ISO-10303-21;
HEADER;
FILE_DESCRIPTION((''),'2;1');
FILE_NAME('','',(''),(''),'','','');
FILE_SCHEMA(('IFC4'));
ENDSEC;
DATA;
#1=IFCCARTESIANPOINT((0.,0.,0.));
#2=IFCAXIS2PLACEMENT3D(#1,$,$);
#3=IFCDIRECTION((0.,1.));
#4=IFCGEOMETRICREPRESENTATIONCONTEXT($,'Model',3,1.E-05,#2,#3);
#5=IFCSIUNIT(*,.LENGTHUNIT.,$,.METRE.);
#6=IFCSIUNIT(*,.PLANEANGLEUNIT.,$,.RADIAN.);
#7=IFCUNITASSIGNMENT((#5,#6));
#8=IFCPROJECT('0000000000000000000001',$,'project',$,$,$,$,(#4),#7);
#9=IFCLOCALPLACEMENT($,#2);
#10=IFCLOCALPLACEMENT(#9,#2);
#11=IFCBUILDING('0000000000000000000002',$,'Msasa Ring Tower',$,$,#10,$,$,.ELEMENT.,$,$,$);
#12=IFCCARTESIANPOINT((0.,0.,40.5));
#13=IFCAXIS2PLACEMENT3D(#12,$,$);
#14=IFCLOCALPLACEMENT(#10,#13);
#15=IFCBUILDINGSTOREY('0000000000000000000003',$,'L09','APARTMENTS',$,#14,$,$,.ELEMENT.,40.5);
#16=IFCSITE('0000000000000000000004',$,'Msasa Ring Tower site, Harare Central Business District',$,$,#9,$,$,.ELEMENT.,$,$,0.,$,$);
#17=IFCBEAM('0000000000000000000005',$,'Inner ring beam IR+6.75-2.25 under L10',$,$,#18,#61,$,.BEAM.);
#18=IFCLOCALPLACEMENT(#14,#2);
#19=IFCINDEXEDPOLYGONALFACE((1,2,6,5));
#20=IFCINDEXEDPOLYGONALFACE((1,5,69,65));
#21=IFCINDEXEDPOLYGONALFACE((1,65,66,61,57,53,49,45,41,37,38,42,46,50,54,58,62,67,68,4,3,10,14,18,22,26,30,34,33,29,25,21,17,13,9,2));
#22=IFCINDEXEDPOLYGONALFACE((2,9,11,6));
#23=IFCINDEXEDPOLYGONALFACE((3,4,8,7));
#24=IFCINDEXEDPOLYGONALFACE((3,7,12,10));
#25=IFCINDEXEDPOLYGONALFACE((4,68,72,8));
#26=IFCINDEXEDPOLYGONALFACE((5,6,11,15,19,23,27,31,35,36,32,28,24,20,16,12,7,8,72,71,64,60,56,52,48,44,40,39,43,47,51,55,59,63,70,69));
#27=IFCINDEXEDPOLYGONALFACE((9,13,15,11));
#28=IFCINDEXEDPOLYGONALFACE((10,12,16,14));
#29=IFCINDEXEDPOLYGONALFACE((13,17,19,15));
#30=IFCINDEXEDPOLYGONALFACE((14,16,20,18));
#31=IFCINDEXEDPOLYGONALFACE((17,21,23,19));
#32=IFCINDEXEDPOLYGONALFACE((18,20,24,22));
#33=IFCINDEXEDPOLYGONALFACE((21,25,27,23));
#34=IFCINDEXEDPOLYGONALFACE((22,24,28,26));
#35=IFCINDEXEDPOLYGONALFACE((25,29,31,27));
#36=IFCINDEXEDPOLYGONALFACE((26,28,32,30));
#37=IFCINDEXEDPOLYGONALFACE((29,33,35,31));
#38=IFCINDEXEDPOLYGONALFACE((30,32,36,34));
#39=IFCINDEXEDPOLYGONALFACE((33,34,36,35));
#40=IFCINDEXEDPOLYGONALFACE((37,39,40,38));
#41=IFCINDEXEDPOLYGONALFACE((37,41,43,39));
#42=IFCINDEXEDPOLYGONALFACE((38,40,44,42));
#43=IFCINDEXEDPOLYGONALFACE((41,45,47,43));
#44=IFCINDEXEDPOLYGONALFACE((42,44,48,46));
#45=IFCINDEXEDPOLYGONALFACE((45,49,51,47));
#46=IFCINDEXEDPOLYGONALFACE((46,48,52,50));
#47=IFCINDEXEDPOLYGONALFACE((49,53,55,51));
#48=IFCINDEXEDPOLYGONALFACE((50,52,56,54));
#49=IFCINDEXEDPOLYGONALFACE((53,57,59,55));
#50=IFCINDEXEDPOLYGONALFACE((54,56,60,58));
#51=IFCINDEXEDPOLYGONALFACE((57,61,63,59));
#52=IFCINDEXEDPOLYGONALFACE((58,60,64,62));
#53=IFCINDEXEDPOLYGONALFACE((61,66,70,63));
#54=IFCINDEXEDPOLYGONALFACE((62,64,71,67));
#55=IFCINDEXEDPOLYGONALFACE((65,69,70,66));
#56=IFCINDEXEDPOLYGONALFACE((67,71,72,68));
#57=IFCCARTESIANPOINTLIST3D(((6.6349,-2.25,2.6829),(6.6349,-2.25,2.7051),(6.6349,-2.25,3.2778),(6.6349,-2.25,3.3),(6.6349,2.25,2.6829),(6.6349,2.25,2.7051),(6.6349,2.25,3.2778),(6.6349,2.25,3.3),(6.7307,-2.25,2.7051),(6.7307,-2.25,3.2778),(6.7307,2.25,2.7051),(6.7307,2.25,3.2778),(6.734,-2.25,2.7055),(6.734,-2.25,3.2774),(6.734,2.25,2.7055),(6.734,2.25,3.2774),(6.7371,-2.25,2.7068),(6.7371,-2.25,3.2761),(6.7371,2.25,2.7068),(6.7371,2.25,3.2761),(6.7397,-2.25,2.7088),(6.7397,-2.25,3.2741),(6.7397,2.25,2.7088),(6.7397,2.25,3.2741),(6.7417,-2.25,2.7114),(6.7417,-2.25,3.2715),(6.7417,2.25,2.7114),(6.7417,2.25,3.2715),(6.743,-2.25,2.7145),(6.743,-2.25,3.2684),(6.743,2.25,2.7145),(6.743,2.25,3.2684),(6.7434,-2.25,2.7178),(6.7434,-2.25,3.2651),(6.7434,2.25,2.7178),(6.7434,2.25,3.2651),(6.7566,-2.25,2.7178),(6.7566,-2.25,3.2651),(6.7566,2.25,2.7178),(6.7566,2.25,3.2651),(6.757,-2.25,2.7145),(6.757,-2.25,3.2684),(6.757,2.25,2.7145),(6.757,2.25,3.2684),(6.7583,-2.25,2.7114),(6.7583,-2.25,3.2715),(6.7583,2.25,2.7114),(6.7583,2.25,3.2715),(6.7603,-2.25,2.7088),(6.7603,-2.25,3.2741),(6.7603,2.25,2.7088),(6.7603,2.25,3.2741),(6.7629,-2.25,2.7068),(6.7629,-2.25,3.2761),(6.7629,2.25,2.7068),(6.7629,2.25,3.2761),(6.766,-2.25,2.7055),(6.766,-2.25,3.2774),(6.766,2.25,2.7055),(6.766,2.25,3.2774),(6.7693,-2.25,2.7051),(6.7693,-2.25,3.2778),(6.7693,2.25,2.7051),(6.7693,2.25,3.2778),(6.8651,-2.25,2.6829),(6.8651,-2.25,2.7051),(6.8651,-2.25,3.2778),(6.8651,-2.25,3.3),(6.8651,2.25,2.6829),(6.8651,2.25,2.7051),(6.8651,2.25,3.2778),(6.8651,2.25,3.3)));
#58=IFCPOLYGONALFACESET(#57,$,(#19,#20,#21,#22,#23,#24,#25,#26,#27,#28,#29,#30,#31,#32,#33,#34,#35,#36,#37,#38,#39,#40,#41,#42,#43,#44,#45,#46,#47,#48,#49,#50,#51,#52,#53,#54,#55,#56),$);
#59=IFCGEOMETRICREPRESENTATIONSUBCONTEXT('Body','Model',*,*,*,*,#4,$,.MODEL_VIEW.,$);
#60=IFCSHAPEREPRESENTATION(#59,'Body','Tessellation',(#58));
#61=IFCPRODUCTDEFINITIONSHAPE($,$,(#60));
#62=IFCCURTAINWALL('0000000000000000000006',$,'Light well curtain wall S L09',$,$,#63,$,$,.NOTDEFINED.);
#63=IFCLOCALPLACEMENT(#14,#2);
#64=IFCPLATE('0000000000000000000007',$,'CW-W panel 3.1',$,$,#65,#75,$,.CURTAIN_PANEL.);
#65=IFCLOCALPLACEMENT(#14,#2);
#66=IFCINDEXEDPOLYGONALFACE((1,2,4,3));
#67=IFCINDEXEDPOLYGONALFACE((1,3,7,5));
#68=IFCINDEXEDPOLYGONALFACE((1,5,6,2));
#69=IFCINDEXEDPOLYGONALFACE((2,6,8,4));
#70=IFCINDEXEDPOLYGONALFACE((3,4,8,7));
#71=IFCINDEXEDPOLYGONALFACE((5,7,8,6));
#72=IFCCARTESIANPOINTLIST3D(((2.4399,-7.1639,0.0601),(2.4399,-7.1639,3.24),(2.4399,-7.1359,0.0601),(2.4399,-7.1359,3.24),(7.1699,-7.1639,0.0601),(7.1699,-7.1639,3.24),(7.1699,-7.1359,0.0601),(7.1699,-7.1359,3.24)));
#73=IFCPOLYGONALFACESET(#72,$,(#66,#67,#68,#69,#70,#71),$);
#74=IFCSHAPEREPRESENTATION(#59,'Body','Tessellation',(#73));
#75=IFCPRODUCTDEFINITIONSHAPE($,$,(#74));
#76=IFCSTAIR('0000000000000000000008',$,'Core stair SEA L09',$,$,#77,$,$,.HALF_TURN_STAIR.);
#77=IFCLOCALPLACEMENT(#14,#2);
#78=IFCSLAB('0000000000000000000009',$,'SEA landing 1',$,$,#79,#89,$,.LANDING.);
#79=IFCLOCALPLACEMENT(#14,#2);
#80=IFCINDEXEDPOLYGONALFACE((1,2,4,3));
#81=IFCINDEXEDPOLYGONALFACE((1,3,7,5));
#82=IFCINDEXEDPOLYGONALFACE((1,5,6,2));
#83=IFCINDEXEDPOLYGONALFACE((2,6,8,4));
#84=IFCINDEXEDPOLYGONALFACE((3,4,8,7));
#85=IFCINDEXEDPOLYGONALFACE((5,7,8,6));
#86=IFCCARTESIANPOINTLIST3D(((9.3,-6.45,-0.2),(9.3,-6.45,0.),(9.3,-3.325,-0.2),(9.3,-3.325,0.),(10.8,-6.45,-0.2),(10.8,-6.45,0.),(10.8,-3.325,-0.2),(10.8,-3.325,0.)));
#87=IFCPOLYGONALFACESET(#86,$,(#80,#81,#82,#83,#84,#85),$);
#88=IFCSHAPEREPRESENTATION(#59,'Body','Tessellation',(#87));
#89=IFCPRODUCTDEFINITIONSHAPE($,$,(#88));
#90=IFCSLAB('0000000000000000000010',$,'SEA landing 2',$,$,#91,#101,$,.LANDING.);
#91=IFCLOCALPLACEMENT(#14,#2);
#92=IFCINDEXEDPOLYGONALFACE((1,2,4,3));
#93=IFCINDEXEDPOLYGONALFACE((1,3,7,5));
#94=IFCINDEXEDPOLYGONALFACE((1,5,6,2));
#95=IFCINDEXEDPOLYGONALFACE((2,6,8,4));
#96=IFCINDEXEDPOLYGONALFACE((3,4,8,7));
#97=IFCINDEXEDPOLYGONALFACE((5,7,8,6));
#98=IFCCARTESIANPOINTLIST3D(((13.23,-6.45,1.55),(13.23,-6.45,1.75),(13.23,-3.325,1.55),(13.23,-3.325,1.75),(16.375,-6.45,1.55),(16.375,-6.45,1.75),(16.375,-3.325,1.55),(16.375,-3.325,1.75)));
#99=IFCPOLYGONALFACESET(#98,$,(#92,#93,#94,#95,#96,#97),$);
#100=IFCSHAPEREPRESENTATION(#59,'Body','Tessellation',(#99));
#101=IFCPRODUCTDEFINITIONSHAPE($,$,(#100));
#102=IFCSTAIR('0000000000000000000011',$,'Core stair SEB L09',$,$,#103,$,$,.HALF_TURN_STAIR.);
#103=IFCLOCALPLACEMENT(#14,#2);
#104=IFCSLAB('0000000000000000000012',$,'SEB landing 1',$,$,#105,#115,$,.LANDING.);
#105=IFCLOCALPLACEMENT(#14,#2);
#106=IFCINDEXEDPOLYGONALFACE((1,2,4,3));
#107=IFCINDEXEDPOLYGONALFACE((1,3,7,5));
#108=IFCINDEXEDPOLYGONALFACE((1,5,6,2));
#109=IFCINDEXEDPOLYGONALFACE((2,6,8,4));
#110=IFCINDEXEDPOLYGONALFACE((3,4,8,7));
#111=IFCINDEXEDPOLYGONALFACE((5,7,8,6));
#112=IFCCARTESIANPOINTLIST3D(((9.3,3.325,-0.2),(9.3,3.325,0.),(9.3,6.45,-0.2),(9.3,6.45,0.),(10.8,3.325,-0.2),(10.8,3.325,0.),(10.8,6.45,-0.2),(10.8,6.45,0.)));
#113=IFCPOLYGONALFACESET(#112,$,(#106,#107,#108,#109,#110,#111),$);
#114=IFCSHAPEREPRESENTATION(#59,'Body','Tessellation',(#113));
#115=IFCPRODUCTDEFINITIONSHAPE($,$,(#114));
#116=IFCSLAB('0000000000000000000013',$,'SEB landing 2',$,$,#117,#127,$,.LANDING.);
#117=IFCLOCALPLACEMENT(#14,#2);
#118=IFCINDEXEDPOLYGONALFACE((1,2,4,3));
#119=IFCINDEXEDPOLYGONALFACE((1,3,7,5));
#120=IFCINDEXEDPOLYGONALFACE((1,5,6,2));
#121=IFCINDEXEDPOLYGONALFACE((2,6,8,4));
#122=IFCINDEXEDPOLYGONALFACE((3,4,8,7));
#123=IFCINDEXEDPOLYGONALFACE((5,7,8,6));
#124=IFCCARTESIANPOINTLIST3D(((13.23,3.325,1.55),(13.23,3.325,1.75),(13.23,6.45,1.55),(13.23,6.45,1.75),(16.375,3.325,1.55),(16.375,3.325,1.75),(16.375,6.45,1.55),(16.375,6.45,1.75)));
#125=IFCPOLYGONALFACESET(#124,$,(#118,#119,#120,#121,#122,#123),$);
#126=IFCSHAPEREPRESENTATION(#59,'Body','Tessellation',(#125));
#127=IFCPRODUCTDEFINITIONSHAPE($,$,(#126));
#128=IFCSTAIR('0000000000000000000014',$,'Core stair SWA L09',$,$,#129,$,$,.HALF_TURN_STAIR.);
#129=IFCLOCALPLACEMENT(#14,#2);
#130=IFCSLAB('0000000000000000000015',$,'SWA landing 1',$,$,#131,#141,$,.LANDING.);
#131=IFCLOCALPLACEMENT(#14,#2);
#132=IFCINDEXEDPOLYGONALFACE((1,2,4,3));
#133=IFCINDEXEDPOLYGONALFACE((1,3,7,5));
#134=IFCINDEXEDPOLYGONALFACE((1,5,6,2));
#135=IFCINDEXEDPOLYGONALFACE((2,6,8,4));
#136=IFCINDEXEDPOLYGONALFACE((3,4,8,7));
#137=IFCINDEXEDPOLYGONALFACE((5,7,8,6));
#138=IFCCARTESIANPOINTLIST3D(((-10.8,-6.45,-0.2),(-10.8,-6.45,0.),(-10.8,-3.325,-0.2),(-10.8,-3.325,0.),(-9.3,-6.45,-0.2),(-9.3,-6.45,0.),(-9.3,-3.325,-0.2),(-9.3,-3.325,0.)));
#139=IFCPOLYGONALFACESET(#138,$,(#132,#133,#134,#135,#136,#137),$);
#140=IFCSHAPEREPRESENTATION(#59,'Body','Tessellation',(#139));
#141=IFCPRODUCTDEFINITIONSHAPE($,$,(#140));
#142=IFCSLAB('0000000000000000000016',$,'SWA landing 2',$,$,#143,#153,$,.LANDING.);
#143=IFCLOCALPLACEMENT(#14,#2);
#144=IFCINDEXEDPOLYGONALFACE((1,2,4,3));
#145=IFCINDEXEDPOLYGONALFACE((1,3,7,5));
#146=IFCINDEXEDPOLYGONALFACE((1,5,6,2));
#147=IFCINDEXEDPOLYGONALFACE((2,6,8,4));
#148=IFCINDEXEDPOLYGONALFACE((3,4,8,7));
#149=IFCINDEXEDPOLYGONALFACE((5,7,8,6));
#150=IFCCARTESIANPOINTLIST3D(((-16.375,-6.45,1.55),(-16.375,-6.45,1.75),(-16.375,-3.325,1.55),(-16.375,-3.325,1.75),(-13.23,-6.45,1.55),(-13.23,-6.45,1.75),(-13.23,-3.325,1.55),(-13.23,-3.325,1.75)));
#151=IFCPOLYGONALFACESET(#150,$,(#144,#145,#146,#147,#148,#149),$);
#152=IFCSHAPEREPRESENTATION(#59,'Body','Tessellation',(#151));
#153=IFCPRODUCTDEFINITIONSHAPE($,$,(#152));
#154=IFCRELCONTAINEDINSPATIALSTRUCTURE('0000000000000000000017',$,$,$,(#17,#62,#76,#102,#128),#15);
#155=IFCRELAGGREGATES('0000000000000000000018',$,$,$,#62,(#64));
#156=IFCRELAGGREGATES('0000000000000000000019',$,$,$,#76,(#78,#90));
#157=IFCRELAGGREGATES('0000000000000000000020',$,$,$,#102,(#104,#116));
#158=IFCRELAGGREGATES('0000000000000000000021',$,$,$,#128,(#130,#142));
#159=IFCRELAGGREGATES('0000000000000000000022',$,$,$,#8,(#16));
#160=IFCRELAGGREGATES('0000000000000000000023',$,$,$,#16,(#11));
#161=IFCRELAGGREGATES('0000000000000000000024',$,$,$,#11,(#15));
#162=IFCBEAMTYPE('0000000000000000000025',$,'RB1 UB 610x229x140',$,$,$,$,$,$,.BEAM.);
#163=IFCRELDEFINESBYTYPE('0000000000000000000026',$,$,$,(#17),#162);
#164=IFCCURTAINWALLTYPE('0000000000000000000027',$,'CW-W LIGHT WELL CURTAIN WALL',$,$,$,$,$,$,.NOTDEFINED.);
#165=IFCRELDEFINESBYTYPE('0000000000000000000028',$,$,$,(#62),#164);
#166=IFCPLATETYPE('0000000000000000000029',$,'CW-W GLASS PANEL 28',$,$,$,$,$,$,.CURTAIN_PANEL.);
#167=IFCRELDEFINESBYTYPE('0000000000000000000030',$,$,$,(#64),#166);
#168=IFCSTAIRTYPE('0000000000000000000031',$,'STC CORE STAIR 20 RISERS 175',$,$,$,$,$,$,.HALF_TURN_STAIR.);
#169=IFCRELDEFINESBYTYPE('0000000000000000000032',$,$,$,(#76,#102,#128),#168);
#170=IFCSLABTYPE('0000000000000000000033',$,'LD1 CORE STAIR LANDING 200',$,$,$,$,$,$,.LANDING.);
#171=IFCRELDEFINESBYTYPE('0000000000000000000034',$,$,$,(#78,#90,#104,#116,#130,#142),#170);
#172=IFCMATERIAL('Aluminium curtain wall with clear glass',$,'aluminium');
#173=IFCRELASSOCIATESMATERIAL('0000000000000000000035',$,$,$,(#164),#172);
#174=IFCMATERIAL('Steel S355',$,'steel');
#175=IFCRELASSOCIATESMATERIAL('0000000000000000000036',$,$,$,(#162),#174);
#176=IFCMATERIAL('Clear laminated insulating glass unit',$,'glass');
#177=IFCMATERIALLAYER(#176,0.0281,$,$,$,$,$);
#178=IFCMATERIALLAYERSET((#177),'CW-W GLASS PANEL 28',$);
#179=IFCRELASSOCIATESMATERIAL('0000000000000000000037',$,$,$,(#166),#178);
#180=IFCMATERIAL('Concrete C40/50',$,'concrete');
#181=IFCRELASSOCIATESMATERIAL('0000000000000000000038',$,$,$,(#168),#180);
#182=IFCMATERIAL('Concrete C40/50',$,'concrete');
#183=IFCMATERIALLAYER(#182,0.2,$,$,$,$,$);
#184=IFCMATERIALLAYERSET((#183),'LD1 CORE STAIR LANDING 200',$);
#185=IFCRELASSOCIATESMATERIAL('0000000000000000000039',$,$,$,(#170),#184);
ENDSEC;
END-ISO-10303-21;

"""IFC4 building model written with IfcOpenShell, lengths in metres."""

from ifc_helpers import new_model, si_unit, direction, frame, origin, origin_2d, place, context, subcontext, project, spatial, polyline, rectangle, i_section, outline, extrude, material, layer, layer_set, material_profile, profile_set, type_object, element, aggregate, save


model = new_model("IFC4")

# Units and contexts
model_context = context("Model", 3, precision=1e-05, world=origin(), true_north=direction((0.0, 1.0)))
body_context = subcontext(model_context, "Body", "Model", "MODEL_VIEW")
ifc_project = project(units=[si_unit("LENGTHUNIT", "METRE"), si_unit("PLANEANGLEUNIT", "RADIAN")], contexts=[model_context])

# Site, building, storey
site_placement = place(None, origin())
site = spatial("IfcSite", under=ifc_project, at=site_placement, Name="Msasa Ring Tower site, Harare Central Business District", CompositionType="ELEMENT", RefElevation=0.0)
building_placement = place(site_placement, origin())
building = spatial("IfcBuilding", under=site, at=building_placement, Name="Msasa Ring Tower", CompositionType="ELEMENT")
storey_placement = place(building_placement, frame((0.0, 0.0, 40.5)))
storey = spatial("IfcBuildingStorey", under=building, at=storey_placement, Name="L09", Description="APARTMENTS", CompositionType="ELEMENT", Elevation=40.5)

# Shared definitions
ifc_material_1 = material(Name="Aluminium curtain wall with clear glass", Category="aluminium")
curtain_wall_type = type_object("IfcCurtainWallType", Name="CW-W LIGHT WELL CURTAIN WALL", PredefinedType="NOTDEFINED", material=ifc_material_1)

# Beam
ifc_material_2 = material(Name="Steel S355", Category="steel")
ifc_material_profile_1 = material_profile(ifc_material_2, i_section(OverallWidth=0.2302, OverallDepth=0.6172, WebThickness=0.0132, FlangeThickness=0.0222, FilletRadius=0.0127, at=origin_2d()), Name="UB 610x229x140")
ifc_profile_set_1 = profile_set([ifc_material_profile_1], Name="Steel S355")
beam_type = type_object("IfcBeamType", Name="RB1 UB 610x229x140", PredefinedType="BEAM", material=ifc_profile_set_1)
for number, where, z_axis, x_axis, name in (
    (1, (6.75, -2.25, 2.9915), (0.0, 1.0, 0.0), (-1.0, 0.0, 0.0), "Inner ring beam IR+6.75-2.25 under L10"),
):
    element("IfcBeam", number, at=place(storey_placement, frame(where, z_axis=z_axis, x_axis=x_axis)), inside=storey, type_object=beam_type, Name=name, PredefinedType="BEAM", context=body_context, shape_type="SweptSolid", body=[
        extrude(i_section(OverallWidth=0.2302, OverallDepth=0.6172, WebThickness=0.0132, FlangeThickness=0.0222, FilletRadius=0.0127, at=origin_2d()), origin(), (0.0, 0.0, 1.0), 4.5),
    ])

# Curtain wall, plate
curtain_wall_1_placement = place(storey_placement, origin())
curtain_wall_1 = element("IfcCurtainWall", 2, at=curtain_wall_1_placement, inside=storey, type_object=curtain_wall_type, Name="Light well curtain wall S L09", PredefinedType="NOTDEFINED")
ifc_material_3 = material(Name="Clear laminated insulating glass unit", Category="glass")
ifc_layer_1 = layer(ifc_material_3, 0.0281)
ifc_layer_set_1 = layer_set([ifc_layer_1], Name="CW-W GLASS PANEL 28")
plate_type = type_object("IfcPlateType", Name="CW-W GLASS PANEL 28", PredefinedType="CURTAIN_PANEL", material=ifc_layer_set_1)
plate_placement = place(storey_placement, frame((4.8049, -7.1499, 0.0601), z_axis=(0.0, 0.0, 1.0), x_axis=(1.0, 0.0, 0.0)))
plate = element("IfcPlate", 3, at=plate_placement, type_object=plate_type, Name="CW-W panel 3.1", PredefinedType="CURTAIN_PANEL", context=body_context, shape_type="SweptSolid", body=[
    extrude(rectangle(XDim=4.73, YDim=0.0281, at=origin_2d()), origin(), (0.0, 0.0, 1.0), 3.1799),
])
aggregate(curtain_wall_1, [plate])

# Stairs, slabs
ifc_material_4 = material(Name="Concrete C40/50", Category="concrete")
stair_type = type_object("IfcStairType", Name="STC CORE STAIR 20 RISERS 175", PredefinedType="HALF_TURN_STAIR", material=ifc_material_4)
stair_1_placement = place(storey_placement, origin())
stair_1 = element("IfcStair", 4, at=stair_1_placement, inside=storey, type_object=stair_type, Name="Core stair SEA L09", PredefinedType="HALF_TURN_STAIR")
ifc_material_5 = material(Name="Concrete C40/50", Category="concrete")
ifc_layer_2 = layer(ifc_material_5, 0.2)
ifc_layer_set_2 = layer_set([ifc_layer_2], Name="LD1 CORE STAIR LANDING 200")
slab_type = type_object("IfcSlabType", Name="LD1 CORE STAIR LANDING 200", PredefinedType="LANDING", material=ifc_layer_set_2)
slab_1_placement = place(storey_placement, frame((0.0, 0.0, -0.2)))
slab_1 = element("IfcSlab", 5, at=slab_1_placement, type_object=slab_type, Name="SEA landing 1", PredefinedType="LANDING", context=body_context, shape_type="SweptSolid", body=[
    extrude(outline(polyline([(9.3, -6.45), (10.8, -6.45), (10.8, -3.325), (9.3, -3.325), (9.3, -6.45)])), origin(), (0.0, 0.0, 1.0), 0.2),
])
slab_2_placement = place(storey_placement, frame((0.0, 0.0, 1.55)))
slab_2 = element("IfcSlab", 6, at=slab_2_placement, type_object=slab_type, Name="SEA landing 2", PredefinedType="LANDING", context=body_context, shape_type="SweptSolid", body=[
    extrude(outline(polyline([(13.23, -6.45), (16.375, -6.45), (16.375, -3.325), (13.23, -3.325), (13.23, -6.45)])), origin(), (0.0, 0.0, 1.0), 0.2),
])
aggregate(stair_1, [slab_1, slab_2])
stair_2_placement = place(storey_placement, origin())
stair_2 = element("IfcStair", 7, at=stair_2_placement, inside=storey, type_object=stair_type, Name="Core stair SEB L09", PredefinedType="HALF_TURN_STAIR")
slab_3_placement = place(storey_placement, frame((0.0, 0.0, -0.2)))
slab_3 = element("IfcSlab", 8, at=slab_3_placement, type_object=slab_type, Name="SEB landing 1", PredefinedType="LANDING", context=body_context, shape_type="SweptSolid", body=[
    extrude(outline(polyline([(9.3, 3.325), (10.8, 3.325), (10.8, 6.45), (9.3, 6.45), (9.3, 3.325)])), origin(), (0.0, 0.0, 1.0), 0.2),
])
slab_4_placement = place(storey_placement, frame((0.0, 0.0, 1.55)))
slab_4 = element("IfcSlab", 9, at=slab_4_placement, type_object=slab_type, Name="SEB landing 2", PredefinedType="LANDING", context=body_context, shape_type="SweptSolid", body=[
    extrude(outline(polyline([(13.23, 3.325), (16.375, 3.325), (16.375, 6.45), (13.23, 6.45), (13.23, 3.325)])), origin(), (0.0, 0.0, 1.0), 0.2),
])
aggregate(stair_2, [slab_3, slab_4])
stair_3_placement = place(storey_placement, origin())
stair_3 = element("IfcStair", 10, at=stair_3_placement, inside=storey, type_object=stair_type, Name="Core stair SWA L09", PredefinedType="HALF_TURN_STAIR")
slab_5_placement = place(storey_placement, frame((0.0, 0.0, -0.2)))
slab_5 = element("IfcSlab", 11, at=slab_5_placement, type_object=slab_type, Name="SWA landing 1", PredefinedType="LANDING", context=body_context, shape_type="SweptSolid", body=[
    extrude(outline(polyline([(-10.8, -6.45), (-9.3, -6.45), (-9.3, -3.325), (-10.8, -3.325), (-10.8, -6.45)])), origin(), (0.0, 0.0, 1.0), 0.2),
])
slab_6_placement = place(storey_placement, frame((0.0, 0.0, 1.55)))
slab_6 = element("IfcSlab", 12, at=slab_6_placement, type_object=slab_type, Name="SWA landing 2", PredefinedType="LANDING", context=body_context, shape_type="SweptSolid", body=[
    extrude(outline(polyline([(-16.375, -6.45), (-13.23, -6.45), (-13.23, -3.325), (-16.375, -3.325), (-16.375, -6.45)])), origin(), (0.0, 0.0, 1.0), 0.2),
])
aggregate(stair_3, [slab_5, slab_6])

save(model, "model.ifc")
